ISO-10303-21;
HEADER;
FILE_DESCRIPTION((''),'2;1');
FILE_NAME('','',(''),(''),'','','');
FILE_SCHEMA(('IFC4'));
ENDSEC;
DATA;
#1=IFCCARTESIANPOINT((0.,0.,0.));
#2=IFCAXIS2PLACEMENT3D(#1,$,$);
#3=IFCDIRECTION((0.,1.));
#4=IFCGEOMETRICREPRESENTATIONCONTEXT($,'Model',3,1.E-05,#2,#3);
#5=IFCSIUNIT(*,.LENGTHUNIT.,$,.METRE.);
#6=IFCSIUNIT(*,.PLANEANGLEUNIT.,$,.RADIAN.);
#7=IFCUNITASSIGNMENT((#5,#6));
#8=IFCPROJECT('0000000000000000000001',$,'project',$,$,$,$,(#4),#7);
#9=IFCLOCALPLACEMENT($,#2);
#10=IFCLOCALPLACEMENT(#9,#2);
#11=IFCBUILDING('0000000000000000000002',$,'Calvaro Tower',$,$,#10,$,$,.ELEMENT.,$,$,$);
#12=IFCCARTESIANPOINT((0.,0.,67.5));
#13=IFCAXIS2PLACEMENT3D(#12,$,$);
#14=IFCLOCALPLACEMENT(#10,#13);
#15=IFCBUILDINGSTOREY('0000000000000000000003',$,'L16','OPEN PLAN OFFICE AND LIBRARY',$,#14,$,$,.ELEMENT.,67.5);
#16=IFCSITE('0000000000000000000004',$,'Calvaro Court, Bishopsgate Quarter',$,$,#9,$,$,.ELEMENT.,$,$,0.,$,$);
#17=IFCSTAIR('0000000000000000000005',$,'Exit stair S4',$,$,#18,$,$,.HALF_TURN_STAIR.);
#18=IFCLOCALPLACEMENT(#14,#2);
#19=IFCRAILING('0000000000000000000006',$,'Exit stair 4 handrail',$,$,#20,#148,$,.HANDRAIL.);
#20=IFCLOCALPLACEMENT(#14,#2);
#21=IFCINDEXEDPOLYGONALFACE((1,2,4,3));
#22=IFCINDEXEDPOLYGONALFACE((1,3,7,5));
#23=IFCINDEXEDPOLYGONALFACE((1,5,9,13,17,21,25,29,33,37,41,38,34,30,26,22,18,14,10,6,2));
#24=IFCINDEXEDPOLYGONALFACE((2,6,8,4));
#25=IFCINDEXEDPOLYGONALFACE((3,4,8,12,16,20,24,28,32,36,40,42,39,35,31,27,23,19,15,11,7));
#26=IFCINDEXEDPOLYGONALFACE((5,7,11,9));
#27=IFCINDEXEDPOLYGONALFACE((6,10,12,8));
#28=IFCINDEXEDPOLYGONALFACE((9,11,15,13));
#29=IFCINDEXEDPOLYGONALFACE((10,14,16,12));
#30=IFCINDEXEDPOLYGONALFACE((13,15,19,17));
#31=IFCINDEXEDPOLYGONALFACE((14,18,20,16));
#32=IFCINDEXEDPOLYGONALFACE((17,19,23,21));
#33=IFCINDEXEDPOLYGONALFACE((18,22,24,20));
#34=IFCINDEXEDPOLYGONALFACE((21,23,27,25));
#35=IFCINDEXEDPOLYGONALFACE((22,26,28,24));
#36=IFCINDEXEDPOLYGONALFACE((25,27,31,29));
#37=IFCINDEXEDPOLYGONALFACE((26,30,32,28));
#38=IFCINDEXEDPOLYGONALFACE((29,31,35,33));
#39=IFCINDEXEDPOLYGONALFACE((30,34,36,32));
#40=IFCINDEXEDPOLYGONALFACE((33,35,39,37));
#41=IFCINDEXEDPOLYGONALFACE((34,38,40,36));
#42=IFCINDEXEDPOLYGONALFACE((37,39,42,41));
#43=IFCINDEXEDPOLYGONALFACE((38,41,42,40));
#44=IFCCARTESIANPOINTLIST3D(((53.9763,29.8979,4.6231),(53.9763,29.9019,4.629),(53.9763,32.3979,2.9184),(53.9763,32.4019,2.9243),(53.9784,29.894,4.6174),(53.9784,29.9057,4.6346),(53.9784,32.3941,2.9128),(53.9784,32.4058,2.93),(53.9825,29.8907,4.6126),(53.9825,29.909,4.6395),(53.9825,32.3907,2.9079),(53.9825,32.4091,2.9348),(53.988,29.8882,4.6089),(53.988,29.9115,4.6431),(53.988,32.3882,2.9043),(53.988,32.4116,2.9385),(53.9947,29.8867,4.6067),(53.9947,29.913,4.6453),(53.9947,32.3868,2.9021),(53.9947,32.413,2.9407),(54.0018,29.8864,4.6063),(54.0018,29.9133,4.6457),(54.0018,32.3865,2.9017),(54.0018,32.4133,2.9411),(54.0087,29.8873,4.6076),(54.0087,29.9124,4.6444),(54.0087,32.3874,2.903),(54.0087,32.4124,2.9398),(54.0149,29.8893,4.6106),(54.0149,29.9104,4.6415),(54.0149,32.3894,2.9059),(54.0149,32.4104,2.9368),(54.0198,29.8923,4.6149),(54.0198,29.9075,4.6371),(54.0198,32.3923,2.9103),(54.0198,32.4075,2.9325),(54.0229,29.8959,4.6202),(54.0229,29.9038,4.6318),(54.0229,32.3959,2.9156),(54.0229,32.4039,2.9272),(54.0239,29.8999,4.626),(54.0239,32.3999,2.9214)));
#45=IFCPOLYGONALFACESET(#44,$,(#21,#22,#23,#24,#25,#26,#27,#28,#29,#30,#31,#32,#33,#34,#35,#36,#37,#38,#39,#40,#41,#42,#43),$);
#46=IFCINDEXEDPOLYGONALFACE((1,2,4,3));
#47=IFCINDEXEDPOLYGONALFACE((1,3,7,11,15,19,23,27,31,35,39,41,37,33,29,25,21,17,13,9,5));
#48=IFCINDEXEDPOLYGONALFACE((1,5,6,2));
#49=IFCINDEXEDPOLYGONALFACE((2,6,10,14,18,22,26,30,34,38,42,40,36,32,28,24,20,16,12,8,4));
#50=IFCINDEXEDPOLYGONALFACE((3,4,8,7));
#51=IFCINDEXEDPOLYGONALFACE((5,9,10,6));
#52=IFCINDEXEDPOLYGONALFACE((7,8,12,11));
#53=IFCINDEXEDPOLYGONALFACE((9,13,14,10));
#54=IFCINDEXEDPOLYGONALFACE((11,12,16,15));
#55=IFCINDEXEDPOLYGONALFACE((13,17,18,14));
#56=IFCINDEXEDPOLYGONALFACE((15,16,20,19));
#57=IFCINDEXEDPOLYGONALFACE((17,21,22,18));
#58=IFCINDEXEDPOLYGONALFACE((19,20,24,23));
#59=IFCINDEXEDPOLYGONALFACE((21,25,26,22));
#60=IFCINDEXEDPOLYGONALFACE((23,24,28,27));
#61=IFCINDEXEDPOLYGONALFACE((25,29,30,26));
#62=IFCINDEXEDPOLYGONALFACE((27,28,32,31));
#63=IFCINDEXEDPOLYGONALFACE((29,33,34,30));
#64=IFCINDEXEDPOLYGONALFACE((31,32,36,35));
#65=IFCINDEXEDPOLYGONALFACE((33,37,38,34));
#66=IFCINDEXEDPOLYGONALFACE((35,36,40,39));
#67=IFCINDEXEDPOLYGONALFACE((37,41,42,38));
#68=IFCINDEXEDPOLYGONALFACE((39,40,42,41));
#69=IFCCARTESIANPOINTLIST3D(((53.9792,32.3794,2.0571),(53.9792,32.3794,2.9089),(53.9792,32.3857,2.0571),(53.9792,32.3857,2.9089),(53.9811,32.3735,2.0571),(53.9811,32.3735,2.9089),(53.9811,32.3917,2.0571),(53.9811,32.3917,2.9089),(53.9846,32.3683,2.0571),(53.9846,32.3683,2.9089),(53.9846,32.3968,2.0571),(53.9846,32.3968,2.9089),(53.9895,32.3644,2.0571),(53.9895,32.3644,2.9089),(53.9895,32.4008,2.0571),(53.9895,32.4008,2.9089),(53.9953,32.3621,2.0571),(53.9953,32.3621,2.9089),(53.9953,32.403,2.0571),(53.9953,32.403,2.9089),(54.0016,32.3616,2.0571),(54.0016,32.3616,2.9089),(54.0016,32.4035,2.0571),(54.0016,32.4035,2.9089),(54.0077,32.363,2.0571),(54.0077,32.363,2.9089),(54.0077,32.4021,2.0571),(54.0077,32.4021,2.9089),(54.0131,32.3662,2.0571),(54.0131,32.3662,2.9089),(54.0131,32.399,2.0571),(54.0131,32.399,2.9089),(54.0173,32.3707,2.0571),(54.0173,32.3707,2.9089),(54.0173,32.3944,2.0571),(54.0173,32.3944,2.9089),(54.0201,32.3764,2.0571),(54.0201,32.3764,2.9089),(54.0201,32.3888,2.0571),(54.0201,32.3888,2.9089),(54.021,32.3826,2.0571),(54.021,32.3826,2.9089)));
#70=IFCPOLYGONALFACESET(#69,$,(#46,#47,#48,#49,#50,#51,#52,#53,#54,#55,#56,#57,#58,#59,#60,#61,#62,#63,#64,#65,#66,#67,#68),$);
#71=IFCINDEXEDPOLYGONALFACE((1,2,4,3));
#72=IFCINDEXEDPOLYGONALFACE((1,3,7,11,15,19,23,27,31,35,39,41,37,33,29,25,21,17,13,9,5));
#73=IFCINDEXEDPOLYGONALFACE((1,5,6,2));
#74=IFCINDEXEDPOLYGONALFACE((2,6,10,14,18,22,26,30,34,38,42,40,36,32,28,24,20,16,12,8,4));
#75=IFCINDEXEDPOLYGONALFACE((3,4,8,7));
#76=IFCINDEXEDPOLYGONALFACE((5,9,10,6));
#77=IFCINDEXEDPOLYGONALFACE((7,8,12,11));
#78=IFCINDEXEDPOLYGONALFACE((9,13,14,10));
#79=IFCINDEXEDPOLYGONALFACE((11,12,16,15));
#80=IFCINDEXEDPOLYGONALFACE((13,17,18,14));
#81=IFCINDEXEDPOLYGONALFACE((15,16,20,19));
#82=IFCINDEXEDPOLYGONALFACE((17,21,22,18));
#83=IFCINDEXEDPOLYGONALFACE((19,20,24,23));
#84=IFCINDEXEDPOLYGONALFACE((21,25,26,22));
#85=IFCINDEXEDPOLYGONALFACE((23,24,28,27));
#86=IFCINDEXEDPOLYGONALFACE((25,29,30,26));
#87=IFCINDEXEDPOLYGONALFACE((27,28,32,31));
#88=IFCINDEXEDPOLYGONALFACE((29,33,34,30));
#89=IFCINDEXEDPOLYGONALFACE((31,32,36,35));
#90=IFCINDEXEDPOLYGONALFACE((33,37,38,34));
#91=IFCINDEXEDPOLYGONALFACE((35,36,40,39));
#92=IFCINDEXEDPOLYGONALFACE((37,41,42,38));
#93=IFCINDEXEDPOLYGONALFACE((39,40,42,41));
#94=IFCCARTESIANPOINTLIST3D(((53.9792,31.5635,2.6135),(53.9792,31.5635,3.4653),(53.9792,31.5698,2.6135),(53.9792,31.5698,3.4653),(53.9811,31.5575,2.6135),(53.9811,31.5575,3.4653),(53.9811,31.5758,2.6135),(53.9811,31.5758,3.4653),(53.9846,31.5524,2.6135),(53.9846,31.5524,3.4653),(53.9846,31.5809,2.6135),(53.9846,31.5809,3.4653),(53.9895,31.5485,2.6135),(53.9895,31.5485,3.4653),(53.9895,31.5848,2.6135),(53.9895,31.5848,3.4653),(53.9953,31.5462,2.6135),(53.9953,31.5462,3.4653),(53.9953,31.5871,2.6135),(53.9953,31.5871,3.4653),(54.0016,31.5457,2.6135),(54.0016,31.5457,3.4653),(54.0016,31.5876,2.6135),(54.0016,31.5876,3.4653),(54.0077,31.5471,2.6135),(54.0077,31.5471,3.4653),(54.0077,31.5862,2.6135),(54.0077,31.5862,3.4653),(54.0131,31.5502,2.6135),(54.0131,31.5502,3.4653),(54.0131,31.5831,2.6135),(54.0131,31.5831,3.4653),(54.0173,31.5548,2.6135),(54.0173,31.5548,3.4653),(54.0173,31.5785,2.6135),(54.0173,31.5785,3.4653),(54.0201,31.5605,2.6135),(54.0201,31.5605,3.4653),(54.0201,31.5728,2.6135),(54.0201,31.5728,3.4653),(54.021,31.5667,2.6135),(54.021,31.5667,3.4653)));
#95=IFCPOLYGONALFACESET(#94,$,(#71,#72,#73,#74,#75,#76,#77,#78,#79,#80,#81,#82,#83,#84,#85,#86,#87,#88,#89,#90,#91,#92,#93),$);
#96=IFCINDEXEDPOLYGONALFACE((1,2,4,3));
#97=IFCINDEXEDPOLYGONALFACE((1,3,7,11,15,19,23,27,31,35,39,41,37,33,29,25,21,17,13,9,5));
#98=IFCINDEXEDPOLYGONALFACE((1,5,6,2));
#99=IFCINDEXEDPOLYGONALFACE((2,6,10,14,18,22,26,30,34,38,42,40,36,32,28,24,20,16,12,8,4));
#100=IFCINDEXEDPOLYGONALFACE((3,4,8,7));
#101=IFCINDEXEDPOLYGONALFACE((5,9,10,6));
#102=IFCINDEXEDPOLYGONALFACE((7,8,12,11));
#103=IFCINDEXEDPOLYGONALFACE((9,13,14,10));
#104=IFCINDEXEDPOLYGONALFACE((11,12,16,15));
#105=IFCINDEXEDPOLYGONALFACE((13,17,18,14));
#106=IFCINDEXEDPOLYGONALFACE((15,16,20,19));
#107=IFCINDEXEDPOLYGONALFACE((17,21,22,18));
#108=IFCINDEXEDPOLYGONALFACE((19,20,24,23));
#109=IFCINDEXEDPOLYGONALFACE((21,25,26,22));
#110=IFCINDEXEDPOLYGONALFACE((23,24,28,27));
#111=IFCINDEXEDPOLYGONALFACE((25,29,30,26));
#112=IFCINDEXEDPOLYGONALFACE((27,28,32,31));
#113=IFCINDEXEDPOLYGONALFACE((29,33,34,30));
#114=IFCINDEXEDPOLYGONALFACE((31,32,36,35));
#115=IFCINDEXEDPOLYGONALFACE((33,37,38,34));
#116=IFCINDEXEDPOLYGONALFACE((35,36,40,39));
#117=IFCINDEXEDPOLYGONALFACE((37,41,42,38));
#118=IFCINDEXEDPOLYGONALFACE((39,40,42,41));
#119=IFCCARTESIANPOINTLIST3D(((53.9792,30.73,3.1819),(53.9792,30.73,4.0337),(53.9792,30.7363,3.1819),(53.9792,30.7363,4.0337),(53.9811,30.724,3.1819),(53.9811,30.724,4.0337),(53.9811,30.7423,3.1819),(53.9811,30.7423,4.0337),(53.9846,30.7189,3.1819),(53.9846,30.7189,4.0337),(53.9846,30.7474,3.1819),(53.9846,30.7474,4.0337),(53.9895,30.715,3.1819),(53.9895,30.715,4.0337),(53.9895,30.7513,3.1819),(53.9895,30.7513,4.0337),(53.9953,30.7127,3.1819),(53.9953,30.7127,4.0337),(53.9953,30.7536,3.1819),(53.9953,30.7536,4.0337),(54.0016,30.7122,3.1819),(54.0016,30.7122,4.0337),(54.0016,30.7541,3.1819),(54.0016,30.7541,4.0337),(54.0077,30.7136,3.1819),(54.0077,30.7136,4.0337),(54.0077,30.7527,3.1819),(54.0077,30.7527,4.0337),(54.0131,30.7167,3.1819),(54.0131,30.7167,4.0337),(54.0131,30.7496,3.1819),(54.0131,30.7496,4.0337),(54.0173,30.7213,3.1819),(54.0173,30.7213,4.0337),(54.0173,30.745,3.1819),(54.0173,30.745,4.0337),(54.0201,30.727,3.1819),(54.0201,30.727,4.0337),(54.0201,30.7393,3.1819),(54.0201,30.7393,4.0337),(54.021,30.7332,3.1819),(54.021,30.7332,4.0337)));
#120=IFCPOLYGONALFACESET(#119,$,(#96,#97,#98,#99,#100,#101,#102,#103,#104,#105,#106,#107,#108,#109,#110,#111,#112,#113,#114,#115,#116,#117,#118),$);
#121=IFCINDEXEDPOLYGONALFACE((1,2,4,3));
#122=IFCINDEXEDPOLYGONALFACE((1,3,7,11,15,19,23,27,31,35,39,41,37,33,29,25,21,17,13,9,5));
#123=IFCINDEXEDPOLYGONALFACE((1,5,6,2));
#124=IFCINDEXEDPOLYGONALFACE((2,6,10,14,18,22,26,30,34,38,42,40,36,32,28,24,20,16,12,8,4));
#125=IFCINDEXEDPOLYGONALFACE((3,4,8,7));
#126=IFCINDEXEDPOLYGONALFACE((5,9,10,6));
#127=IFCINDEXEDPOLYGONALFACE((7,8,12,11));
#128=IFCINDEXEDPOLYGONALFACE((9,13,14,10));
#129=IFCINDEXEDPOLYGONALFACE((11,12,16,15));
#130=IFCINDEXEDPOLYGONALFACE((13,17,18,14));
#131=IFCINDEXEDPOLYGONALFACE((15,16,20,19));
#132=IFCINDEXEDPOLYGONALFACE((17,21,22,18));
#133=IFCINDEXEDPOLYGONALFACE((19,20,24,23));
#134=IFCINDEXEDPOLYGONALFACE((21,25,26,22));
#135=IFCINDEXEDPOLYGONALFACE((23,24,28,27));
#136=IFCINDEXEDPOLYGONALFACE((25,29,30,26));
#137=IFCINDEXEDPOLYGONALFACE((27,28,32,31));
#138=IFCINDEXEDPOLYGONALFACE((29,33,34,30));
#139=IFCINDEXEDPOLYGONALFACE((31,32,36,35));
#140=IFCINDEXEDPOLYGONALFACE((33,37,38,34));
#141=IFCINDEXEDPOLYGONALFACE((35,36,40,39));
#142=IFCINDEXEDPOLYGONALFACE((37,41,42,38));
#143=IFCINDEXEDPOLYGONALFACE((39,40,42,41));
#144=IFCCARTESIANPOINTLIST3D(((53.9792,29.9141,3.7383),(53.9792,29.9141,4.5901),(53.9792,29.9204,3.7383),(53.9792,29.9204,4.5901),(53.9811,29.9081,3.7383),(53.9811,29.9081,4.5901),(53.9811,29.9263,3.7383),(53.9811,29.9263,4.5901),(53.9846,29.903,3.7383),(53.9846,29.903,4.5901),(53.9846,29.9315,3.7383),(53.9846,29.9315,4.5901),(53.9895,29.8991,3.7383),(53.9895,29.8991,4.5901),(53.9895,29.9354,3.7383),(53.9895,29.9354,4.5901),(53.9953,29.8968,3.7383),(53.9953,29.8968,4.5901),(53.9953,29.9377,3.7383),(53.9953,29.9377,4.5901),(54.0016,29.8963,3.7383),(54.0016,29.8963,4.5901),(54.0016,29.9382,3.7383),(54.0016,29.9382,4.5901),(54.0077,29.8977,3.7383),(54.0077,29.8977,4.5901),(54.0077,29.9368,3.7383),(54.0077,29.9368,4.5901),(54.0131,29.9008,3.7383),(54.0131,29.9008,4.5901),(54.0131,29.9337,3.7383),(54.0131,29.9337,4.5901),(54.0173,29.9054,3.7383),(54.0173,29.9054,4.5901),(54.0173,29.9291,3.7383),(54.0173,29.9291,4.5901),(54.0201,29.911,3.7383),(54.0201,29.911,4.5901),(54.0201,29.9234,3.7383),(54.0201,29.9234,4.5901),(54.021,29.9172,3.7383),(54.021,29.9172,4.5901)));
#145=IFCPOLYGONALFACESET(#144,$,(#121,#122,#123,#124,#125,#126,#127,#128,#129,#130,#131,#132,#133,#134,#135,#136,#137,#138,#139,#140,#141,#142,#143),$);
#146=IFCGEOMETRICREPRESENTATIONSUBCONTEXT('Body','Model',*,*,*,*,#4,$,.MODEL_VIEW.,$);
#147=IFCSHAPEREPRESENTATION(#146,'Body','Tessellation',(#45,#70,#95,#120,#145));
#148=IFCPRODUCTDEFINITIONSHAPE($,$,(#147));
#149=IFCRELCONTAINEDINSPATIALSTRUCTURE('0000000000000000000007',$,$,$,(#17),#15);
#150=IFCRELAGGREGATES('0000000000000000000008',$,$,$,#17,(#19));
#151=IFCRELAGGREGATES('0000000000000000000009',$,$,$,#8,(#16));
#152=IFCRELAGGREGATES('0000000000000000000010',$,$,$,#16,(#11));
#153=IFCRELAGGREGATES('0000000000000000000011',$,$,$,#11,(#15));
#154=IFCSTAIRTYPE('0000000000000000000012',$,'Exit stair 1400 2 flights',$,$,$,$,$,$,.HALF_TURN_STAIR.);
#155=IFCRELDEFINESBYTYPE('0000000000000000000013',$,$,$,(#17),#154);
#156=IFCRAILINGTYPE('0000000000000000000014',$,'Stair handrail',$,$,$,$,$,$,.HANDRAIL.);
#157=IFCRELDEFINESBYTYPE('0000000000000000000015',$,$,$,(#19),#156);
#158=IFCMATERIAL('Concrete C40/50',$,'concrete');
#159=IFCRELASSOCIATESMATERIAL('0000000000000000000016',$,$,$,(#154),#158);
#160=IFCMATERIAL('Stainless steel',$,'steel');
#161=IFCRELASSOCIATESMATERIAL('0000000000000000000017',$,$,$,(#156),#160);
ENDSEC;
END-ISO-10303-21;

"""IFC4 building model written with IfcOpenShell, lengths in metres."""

from ifc_helpers import new_model, si_unit, direction, frame, origin, origin_2d, place, context, subcontext, project, spatial, circle, extrude, material, type_object, element, aggregate, save


model = new_model("IFC4")

# Units and contexts
model_context = context("Model", 3, precision=1e-05, world=origin(), true_north=direction((0.0, 1.0)))
body_context = subcontext(model_context, "Body", "Model", "MODEL_VIEW")
ifc_project = project(units=[si_unit("LENGTHUNIT", "METRE"), si_unit("PLANEANGLEUNIT", "RADIAN")], contexts=[model_context])

# Site, building, storey
site_placement = place(None, origin())
site = spatial("IfcSite", under=ifc_project, at=site_placement, Name="Calvaro Court, Bishopsgate Quarter", CompositionType="ELEMENT", RefElevation=0.0)
building_placement = place(site_placement, origin())
building = spatial("IfcBuilding", under=site, at=building_placement, Name="Calvaro Tower", CompositionType="ELEMENT")
storey_placement = place(building_placement, frame((0.0, 0.0, 67.5)))
storey = spatial("IfcBuildingStorey", under=building, at=storey_placement, Name="L16", Description="OPEN PLAN OFFICE AND LIBRARY", CompositionType="ELEMENT", Elevation=67.5)

# Shared definitions
ifc_material_1 = material(Name="Concrete C40/50", Category="concrete")
stair_type = type_object("IfcStairType", Name="Exit stair 1400 2 flights", PredefinedType="HALF_TURN_STAIR", material=ifc_material_1)

# Stair, railing
stair_1_placement = place(storey_placement, origin())
stair_1 = element("IfcStair", 1, at=stair_1_placement, inside=storey, type_object=stair_type, Name="Exit stair S4", PredefinedType="HALF_TURN_STAIR")
ifc_material_2 = material(Name="Stainless steel", Category="steel")
railing_type = type_object("IfcRailingType", Name="Stair handrail", PredefinedType="HANDRAIL", material=ifc_material_2)
railing_1_placement = place(storey_placement, frame((54.0, 32.3999, 2.0454)))
railing_1 = element("IfcRailing", 2, at=railing_1_placement, type_object=railing_type, Name="Exit stair 4 handrail", PredefinedType="HANDRAIL", context=body_context, shape_type="SweptSolid", body=[
    extrude(circle(Radius=0.0239, at=origin_2d()), frame((0.0, 0.0, 0.876), z_axis=(0.0, -0.826221, 0.563347), x_axis=(1.0, 0.0, 0.0)), (0.0, 0.0, 1.0), 3.0259),
    extrude(circle(Radius=0.021, at=origin_2d()), frame((0.0, -0.0173, 0.0117)), (0.0, 0.0, 1.0), 0.8518),
    extrude(circle(Radius=0.021, at=origin_2d()), frame((0.0, -0.8333, 0.5681)), (0.0, 0.0, 1.0), 0.8518),
    extrude(circle(Radius=0.021, at=origin_2d()), frame((0.0, -1.6667, 1.1365)), (0.0, 0.0, 1.0), 0.8518),
    extrude(circle(Radius=0.021, at=origin_2d()), frame((0.0, -2.4827, 1.6929)), (0.0, 0.0, 1.0), 0.8518),
])
aggregate(stair_1, [railing_1])

save(model, "model.ifc")
